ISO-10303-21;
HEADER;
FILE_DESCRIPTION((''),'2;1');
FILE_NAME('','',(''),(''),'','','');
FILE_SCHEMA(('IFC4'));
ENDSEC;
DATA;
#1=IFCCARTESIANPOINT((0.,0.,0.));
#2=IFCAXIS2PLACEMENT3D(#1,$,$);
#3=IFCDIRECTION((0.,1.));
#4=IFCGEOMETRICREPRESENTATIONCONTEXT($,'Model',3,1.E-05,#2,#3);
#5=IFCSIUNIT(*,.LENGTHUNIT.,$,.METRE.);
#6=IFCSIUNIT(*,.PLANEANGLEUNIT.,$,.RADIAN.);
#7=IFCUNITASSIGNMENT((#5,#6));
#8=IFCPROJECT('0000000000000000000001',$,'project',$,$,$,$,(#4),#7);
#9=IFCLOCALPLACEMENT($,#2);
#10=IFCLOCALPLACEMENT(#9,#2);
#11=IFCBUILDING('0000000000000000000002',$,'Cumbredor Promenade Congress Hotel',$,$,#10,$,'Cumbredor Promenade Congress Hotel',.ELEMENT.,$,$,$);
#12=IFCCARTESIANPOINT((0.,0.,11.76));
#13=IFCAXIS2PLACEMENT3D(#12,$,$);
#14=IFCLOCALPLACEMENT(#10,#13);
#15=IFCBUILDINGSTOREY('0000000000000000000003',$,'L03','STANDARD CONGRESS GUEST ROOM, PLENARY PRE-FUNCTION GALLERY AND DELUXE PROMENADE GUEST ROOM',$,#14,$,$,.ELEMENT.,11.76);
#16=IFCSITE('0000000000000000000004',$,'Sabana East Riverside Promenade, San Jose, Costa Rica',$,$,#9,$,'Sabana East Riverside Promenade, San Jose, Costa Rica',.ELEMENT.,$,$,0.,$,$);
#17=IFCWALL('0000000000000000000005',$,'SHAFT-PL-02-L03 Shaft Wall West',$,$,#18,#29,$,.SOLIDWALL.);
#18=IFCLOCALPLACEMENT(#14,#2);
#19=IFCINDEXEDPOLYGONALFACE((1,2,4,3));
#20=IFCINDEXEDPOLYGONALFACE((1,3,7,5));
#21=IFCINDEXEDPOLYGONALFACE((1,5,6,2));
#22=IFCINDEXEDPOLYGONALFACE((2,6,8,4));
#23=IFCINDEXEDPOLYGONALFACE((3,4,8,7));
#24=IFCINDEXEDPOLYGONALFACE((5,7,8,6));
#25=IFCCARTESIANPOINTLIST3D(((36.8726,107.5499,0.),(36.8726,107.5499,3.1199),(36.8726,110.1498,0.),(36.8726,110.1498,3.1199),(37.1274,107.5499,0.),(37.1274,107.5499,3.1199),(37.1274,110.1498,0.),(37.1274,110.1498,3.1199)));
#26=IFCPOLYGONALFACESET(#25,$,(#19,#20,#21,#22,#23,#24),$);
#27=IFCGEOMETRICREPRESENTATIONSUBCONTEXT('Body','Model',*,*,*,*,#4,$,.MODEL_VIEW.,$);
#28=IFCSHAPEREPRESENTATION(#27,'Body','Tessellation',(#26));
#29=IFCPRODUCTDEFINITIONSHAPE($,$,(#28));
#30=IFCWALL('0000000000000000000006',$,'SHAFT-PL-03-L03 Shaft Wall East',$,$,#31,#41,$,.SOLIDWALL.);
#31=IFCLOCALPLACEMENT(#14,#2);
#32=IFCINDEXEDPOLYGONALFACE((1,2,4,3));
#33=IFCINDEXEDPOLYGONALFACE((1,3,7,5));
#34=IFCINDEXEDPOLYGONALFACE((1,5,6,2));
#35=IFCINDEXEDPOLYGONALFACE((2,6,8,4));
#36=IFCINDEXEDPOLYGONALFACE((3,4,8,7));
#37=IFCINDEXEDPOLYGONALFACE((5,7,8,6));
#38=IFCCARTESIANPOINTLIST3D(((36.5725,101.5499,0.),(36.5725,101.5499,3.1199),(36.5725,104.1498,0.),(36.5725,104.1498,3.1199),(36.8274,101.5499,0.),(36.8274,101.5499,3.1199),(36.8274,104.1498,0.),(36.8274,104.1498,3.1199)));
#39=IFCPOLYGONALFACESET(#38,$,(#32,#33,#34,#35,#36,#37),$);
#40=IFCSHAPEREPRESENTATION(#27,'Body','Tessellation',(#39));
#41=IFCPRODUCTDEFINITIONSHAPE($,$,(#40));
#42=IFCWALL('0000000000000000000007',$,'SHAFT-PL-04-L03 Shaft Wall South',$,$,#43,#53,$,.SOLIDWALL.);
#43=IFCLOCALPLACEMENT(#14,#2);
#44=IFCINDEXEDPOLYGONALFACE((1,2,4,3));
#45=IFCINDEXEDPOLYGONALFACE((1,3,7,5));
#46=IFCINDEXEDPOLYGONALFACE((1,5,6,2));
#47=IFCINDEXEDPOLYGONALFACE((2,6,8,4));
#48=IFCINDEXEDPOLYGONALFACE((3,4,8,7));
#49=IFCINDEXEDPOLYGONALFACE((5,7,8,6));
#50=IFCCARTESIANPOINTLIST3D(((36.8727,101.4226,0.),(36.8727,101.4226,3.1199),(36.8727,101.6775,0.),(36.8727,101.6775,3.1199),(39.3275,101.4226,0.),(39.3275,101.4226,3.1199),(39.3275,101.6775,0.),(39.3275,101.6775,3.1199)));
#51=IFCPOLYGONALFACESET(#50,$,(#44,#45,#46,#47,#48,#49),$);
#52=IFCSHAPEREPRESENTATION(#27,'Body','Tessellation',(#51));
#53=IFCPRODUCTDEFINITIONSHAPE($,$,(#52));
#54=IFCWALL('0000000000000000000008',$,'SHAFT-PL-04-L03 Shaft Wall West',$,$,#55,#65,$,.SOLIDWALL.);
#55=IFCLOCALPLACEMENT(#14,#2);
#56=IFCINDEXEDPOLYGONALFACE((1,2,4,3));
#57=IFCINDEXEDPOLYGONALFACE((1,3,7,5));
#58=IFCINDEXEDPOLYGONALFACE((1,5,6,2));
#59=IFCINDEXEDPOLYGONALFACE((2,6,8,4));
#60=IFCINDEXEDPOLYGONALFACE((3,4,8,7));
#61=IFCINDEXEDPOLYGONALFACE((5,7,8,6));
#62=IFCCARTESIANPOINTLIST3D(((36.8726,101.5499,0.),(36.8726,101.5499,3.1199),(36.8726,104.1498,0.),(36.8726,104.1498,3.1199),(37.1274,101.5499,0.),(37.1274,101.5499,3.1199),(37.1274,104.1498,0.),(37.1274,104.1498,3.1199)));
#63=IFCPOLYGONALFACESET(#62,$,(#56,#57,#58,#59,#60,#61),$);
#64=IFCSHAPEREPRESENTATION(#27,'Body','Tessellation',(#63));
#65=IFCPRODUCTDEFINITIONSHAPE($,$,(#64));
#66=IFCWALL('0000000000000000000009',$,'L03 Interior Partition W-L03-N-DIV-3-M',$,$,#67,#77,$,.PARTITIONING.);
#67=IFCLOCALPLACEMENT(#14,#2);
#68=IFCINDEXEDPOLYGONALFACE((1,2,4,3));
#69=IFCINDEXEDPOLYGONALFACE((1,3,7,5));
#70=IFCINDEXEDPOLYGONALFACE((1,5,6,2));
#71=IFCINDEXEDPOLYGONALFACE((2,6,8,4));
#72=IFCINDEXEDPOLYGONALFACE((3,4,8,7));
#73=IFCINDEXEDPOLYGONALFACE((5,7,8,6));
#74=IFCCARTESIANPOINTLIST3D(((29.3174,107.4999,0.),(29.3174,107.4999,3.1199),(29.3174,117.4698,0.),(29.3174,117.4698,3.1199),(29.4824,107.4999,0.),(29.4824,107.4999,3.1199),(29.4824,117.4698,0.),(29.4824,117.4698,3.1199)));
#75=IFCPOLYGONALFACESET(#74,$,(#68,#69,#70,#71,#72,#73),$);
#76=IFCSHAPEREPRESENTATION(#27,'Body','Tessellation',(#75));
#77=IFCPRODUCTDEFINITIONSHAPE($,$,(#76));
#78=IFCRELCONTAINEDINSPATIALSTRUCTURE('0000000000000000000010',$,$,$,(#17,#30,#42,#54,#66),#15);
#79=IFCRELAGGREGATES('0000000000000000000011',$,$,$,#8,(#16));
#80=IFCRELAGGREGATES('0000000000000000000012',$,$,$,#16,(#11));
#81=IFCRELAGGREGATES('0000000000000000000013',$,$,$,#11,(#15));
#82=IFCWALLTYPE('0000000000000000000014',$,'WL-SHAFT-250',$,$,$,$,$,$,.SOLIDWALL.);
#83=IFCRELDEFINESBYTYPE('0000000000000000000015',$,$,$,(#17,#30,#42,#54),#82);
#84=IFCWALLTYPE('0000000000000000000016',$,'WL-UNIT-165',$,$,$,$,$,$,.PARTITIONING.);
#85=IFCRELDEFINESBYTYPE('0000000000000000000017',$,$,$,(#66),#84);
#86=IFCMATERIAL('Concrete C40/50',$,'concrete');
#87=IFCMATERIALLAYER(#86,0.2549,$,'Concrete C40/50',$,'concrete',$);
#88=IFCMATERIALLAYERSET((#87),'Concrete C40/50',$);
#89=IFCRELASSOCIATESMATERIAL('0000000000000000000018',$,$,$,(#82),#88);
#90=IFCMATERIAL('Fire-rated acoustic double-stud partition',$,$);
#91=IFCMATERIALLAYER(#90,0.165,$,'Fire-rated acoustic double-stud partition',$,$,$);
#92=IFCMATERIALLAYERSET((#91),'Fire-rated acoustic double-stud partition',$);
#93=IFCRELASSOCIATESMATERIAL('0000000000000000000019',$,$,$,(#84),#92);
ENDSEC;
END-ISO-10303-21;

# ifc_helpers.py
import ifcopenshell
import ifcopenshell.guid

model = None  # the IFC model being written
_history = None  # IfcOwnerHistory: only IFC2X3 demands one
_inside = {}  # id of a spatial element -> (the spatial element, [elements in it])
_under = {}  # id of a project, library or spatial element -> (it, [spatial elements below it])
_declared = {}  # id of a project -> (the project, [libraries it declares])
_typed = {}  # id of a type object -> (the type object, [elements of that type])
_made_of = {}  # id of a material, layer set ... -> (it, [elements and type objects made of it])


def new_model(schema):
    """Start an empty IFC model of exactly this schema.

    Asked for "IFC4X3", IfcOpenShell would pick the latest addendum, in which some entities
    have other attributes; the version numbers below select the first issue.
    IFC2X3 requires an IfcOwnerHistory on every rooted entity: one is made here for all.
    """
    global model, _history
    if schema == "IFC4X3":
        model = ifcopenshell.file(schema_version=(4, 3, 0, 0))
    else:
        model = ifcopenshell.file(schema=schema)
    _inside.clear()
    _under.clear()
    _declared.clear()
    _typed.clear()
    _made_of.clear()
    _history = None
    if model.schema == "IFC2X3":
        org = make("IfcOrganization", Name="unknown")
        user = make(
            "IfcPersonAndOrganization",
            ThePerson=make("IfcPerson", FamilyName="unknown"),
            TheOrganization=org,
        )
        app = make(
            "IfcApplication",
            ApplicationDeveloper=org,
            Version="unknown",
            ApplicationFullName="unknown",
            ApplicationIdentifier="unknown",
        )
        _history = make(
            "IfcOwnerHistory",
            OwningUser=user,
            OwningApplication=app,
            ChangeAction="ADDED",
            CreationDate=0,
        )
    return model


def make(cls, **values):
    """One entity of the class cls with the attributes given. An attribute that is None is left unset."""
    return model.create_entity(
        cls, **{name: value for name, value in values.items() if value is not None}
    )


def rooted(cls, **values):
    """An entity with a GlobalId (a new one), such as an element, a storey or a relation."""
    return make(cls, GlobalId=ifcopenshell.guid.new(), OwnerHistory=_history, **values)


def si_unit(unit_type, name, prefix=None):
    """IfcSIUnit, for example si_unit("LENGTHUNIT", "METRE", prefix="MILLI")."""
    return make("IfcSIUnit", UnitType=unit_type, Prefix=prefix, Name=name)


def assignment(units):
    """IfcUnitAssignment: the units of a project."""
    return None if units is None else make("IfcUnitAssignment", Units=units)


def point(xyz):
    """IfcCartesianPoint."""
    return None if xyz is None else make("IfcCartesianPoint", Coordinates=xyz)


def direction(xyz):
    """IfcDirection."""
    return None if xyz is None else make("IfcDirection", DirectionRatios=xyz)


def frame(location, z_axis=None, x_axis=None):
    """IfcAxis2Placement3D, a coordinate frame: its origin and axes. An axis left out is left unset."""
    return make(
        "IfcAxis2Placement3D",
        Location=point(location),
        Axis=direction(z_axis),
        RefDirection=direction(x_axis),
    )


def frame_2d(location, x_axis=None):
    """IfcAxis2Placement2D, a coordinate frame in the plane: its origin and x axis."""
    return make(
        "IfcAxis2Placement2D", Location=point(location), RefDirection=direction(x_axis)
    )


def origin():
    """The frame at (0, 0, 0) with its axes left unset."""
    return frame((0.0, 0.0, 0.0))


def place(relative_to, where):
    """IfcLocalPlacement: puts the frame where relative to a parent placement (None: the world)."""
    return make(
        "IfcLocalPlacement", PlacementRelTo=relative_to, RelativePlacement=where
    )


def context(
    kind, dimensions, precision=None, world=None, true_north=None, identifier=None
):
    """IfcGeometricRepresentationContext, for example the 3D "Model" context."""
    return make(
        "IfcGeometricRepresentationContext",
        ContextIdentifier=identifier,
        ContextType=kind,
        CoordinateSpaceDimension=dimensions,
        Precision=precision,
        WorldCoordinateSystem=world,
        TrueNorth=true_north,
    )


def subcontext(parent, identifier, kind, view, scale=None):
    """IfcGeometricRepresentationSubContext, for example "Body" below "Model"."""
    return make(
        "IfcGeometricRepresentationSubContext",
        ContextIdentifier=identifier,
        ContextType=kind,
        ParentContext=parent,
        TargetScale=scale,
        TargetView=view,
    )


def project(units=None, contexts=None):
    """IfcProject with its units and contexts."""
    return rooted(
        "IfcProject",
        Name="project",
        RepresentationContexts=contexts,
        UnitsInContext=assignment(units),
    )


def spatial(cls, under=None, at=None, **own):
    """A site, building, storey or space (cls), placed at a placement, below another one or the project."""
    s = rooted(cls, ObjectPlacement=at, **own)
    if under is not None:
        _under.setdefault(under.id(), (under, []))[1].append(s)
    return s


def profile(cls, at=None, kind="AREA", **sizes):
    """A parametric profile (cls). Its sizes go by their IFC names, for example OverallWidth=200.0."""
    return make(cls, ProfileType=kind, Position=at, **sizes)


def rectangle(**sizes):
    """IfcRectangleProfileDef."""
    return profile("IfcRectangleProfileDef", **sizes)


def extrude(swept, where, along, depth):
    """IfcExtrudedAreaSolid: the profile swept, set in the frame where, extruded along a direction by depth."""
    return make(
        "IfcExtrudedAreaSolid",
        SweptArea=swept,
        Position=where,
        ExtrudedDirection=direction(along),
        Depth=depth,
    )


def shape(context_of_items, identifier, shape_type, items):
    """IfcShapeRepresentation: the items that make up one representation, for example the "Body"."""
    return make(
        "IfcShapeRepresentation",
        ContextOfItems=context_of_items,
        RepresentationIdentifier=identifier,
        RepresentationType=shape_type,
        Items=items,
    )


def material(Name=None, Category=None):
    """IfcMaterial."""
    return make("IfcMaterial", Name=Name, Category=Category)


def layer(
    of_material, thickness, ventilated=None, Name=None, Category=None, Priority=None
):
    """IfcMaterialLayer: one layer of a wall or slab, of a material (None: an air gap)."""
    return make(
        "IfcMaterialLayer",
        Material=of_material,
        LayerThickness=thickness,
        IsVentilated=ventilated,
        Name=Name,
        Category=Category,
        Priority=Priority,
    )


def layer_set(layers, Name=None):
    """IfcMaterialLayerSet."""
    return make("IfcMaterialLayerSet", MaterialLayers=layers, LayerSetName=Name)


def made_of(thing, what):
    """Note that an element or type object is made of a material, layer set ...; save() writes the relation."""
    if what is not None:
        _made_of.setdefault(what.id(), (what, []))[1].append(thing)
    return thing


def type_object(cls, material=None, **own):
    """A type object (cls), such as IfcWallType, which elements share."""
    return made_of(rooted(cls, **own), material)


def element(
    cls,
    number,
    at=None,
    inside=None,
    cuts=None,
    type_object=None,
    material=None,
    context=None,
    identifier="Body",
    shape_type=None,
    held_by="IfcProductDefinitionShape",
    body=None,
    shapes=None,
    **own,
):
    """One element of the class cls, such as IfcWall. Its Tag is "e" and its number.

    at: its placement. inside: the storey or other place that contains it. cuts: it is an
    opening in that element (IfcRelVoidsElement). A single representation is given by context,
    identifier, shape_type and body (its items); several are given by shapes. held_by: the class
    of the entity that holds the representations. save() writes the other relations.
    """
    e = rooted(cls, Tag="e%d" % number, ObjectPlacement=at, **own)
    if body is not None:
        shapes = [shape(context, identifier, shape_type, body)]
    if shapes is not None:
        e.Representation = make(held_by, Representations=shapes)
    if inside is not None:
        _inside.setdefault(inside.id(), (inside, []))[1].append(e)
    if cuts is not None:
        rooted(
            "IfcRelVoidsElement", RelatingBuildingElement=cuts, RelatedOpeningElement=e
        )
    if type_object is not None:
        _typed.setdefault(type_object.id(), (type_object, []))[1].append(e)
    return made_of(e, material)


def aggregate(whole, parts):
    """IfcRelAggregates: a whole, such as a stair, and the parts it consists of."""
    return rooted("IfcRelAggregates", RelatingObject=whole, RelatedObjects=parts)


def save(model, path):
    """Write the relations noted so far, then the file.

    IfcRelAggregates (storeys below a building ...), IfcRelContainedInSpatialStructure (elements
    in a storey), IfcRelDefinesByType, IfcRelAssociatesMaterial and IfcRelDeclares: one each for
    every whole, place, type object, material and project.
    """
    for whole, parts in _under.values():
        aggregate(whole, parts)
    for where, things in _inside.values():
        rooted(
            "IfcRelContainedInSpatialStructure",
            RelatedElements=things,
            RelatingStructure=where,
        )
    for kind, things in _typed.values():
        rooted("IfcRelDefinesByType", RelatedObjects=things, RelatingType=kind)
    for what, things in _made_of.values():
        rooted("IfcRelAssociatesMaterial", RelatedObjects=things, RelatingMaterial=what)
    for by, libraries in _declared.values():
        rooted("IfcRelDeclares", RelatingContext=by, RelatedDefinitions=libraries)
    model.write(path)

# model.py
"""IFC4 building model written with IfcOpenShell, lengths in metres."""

from ifc_helpers import new_model, si_unit, direction, frame, frame_2d, origin, place, context, subcontext, project, spatial, rectangle, extrude, material, layer, layer_set, type_object, element, save


model = new_model("IFC4")

# Units and contexts
model_context = context("Model", 3, precision=1e-05, world=origin(), true_north=direction((0.0, 1.0)))
body_context = subcontext(model_context, "Body", "Model", "MODEL_VIEW")
ifc_project = project(units=[si_unit("LENGTHUNIT", "METRE"), si_unit("PLANEANGLEUNIT", "RADIAN")], contexts=[model_context])

# Site, building, storey
site_placement = place(None, origin())
site = spatial("IfcSite", under=ifc_project, at=site_placement, Name="Sabana East Riverside Promenade, San Jose, Costa Rica", LongName="Sabana East Riverside Promenade, San Jose, Costa Rica", CompositionType="ELEMENT", RefElevation=0.0)
building_placement = place(site_placement, origin())
building = spatial("IfcBuilding", under=site, at=building_placement, Name="Cumbredor Promenade Congress Hotel", LongName="Cumbredor Promenade Congress Hotel", CompositionType="ELEMENT")
storey_placement = place(building_placement, frame((0.0, 0.0, 11.76)))
storey = spatial("IfcBuildingStorey", under=building, at=storey_placement, Name="L03", Description="STANDARD CONGRESS GUEST ROOM, PLENARY PRE-FUNCTION GALLERY AND DELUXE PROMENADE GUEST ROOM", CompositionType="ELEMENT", Elevation=11.76)

# Shared definitions
ifc_material_1 = material(Name="Concrete C40/50", Category="concrete")

# Shared definitions
ifc_layer_1 = layer(ifc_material_1, 0.2549, Name="Concrete C40/50", Category="concrete")
ifc_layer_set_1 = layer_set([ifc_layer_1], Name="Concrete C40/50")
wall_type_1 = type_object("IfcWallType", Name="WL-SHAFT-250", PredefinedType="SOLIDWALL", material=ifc_layer_set_1)

# Wall
wall_1_placement = place(storey_placement, frame((37.0, 107.55, 0.0), z_axis=(0.0, 0.0, 1.0), x_axis=(0.0, 1.0, 0.0)))
element("IfcWall", 1, at=wall_1_placement, inside=storey, type_object=wall_type_1, Name="SHAFT-PL-02-L03 Shaft Wall West", PredefinedType="SOLIDWALL", context=body_context, shape_type="SweptSolid", body=[
    extrude(rectangle(XDim=2.5999, YDim=0.2549, at=frame_2d((1.2998, 0.0))), origin(), (0.0, 0.0, 1.0), 3.1199),
])

# Walls
wall_2_placement = place(storey_placement, frame((36.7, 101.55, 0.0), z_axis=(0.0, 0.0, 1.0), x_axis=(0.0, 1.0, 0.0)))
element("IfcWall", 2, at=wall_2_placement, inside=storey, type_object=wall_type_1, Name="SHAFT-PL-03-L03 Shaft Wall East", PredefinedType="SOLIDWALL", context=body_context, shape_type="SweptSolid", body=[
    extrude(rectangle(XDim=2.5999, YDim=0.2549, at=frame_2d((1.2998, 0.0))), origin(), (0.0, 0.0, 1.0), 3.1199),
])
wall_3_placement = place(storey_placement, frame((36.8726, 101.55, 0.0), z_axis=(0.0, 0.0, 1.0), x_axis=(1.0, 0.0, 0.0)))
element("IfcWall", 3, at=wall_3_placement, inside=storey, type_object=wall_type_1, Name="SHAFT-PL-04-L03 Shaft Wall South", PredefinedType="SOLIDWALL", context=body_context, shape_type="SweptSolid", body=[
    extrude(rectangle(XDim=2.4548, YDim=0.2549, at=frame_2d((1.2275, 0.0))), origin(), (0.0, 0.0, 1.0), 3.1199),
])

# Walls
wall_4_placement = place(storey_placement, frame((37.0, 101.55, 0.0), z_axis=(0.0, 0.0, 1.0), x_axis=(0.0, 1.0, 0.0)))
element("IfcWall", 4, at=wall_4_placement, inside=storey, type_object=wall_type_1, Name="SHAFT-PL-04-L03 Shaft Wall West", PredefinedType="SOLIDWALL", context=body_context, shape_type="SweptSolid", body=[
    extrude(rectangle(XDim=2.5999, YDim=0.2549, at=frame_2d((1.2998, 0.0))), origin(), (0.0, 0.0, 1.0), 3.1199),
])
ifc_material_2 = material(Name="Fire-rated acoustic double-stud partition")
ifc_layer_2 = layer(ifc_material_2, 0.165, Name="Fire-rated acoustic double-stud partition")
ifc_layer_set_2 = layer_set([ifc_layer_2], Name="Fire-rated acoustic double-stud partition")
wall_type_2 = type_object("IfcWallType", Name="WL-UNIT-165", PredefinedType="PARTITIONING", material=ifc_layer_set_2)
wall_5_placement = place(storey_placement, frame((29.3999, 107.5, 0.0), z_axis=(0.0, 0.0, 1.0), x_axis=(0.0, 1.0, 0.0)))
element("IfcWall", 5, at=wall_5_placement, inside=storey, type_object=wall_type_2, Name="L03 Interior Partition W-L03-N-DIV-3-M", PredefinedType="PARTITIONING", context=body_context, shape_type="SweptSolid", body=[
    extrude(rectangle(XDim=9.97, YDim=0.165, at=frame_2d((4.9849, 0.0))), origin(), (0.0, 0.0, 1.0), 3.1199),
])

save(model, "model.ifc")
